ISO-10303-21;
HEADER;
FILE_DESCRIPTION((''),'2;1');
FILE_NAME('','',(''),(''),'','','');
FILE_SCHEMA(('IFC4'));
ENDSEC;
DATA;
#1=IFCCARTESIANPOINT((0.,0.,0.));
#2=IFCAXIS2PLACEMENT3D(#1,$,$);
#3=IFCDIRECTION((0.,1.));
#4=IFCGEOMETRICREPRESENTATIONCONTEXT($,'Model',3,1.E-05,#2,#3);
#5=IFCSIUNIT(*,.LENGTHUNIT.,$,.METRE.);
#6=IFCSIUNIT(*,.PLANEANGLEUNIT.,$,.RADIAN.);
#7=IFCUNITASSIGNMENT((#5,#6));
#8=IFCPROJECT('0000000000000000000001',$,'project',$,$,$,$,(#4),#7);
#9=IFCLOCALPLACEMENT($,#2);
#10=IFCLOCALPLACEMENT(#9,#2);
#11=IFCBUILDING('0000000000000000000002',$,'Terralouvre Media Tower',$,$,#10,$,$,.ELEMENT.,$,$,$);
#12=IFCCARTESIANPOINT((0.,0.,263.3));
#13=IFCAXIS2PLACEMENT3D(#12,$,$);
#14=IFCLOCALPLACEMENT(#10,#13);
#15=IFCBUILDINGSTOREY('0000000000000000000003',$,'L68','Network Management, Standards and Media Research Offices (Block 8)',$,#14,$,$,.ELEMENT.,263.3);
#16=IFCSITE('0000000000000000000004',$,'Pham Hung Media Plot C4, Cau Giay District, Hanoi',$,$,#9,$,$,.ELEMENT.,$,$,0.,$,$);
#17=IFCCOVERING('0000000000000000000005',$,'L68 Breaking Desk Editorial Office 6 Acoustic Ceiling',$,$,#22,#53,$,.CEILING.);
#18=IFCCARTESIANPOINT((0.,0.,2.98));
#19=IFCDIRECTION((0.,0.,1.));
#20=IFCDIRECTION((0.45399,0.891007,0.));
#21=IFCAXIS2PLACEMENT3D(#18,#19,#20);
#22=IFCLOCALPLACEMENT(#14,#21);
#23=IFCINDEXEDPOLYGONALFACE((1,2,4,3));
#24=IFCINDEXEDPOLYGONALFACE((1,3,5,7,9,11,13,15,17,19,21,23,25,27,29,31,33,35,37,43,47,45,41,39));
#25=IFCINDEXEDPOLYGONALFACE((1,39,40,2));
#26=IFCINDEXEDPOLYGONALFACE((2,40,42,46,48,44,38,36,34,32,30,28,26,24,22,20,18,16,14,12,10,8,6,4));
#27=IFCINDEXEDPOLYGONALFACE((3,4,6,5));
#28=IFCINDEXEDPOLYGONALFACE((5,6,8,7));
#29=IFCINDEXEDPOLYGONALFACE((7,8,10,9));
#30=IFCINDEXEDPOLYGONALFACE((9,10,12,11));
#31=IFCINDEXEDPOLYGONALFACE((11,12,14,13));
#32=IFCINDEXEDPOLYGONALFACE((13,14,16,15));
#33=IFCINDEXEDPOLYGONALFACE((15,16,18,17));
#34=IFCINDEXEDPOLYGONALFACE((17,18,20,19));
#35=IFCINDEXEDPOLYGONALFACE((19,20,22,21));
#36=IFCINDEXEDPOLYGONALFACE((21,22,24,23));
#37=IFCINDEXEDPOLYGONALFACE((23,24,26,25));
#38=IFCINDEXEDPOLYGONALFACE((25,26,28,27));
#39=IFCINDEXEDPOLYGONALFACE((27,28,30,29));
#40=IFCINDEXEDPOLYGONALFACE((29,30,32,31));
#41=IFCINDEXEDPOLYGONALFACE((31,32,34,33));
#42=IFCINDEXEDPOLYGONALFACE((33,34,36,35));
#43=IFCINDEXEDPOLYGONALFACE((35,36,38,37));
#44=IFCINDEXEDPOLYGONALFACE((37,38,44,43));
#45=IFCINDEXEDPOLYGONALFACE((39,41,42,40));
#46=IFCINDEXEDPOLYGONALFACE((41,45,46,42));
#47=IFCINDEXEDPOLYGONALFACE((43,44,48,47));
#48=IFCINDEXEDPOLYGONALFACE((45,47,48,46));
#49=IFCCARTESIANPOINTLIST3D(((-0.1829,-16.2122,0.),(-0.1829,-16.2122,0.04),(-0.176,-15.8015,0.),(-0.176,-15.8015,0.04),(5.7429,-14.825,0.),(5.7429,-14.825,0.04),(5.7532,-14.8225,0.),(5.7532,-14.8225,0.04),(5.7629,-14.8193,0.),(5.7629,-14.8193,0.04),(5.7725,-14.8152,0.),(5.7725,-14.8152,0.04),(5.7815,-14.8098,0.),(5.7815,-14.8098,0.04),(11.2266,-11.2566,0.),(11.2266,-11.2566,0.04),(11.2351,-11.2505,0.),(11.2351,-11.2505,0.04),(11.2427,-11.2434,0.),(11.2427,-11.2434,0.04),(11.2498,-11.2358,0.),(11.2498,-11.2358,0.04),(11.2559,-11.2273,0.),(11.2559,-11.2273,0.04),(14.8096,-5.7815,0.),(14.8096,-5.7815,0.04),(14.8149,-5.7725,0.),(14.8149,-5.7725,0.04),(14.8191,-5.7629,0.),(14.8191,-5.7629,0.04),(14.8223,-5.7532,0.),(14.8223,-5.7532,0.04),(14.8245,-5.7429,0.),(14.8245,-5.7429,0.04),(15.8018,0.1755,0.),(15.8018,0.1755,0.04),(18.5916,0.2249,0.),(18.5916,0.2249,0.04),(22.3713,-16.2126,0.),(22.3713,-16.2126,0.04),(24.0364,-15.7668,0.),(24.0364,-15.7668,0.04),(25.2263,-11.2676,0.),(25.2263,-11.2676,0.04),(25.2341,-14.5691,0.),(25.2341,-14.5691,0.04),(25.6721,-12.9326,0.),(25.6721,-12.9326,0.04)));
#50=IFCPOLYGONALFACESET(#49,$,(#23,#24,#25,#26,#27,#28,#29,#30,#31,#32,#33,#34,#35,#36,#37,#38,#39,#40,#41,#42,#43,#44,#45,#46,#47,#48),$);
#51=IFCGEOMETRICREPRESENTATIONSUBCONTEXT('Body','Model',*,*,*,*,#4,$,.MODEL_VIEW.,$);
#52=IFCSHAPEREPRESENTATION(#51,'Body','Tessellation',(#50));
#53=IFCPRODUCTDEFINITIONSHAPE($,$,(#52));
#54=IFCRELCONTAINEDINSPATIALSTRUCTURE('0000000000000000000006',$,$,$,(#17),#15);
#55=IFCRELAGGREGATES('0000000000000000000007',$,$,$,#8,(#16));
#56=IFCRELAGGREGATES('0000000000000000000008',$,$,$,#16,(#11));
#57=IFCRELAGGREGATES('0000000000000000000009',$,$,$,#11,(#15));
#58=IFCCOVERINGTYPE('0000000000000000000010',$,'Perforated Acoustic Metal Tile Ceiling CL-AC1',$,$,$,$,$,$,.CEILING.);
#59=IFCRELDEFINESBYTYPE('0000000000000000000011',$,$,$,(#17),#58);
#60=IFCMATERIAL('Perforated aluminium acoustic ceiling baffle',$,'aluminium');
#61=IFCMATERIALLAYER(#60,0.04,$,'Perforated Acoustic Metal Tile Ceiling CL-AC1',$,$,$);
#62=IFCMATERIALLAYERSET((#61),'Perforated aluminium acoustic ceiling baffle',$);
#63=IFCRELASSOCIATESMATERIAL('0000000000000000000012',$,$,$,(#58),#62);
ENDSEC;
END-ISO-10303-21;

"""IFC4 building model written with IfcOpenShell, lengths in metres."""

from ifc_helpers import new_model, si_unit, direction, frame, origin, place, context, subcontext, project, spatial, polyline, outline, extrude, material, layer, layer_set, type_object, element, save


model = new_model("IFC4")

# Units and contexts
model_context = context("Model", 3, precision=1e-05, world=origin(), true_north=direction((0.0, 1.0)))
body_context = subcontext(model_context, "Body", "Model", "MODEL_VIEW")
ifc_project = project(units=[si_unit("LENGTHUNIT", "METRE"), si_unit("PLANEANGLEUNIT", "RADIAN")], contexts=[model_context])

# Site, building, storey
site_placement = place(None, origin())
site = spatial("IfcSite", under=ifc_project, at=site_placement, Name="Pham Hung Media Plot C4, Cau Giay District, Hanoi", CompositionType="ELEMENT", RefElevation=0.0)
building_placement = place(site_placement, origin())
building = spatial("IfcBuilding", under=site, at=building_placement, Name="Terralouvre Media Tower", CompositionType="ELEMENT")
storey_placement = place(building_placement, frame((0.0, 0.0, 263.3)))
storey = spatial("IfcBuildingStorey", under=building, at=storey_placement, Name="L68", Description="Network Management, Standards and Media Research Offices (Block 8)", CompositionType="ELEMENT", Elevation=263.3)

# Covering
ifc_material_1 = material(Name="Perforated aluminium acoustic ceiling baffle", Category="aluminium")
ifc_layer_1 = layer(ifc_material_1, 0.04, Name="Perforated Acoustic Metal Tile Ceiling CL-AC1")
ifc_layer_set_1 = layer_set([ifc_layer_1], Name="Perforated aluminium acoustic ceiling baffle")
covering_type = type_object("IfcCoveringType", Name="Perforated Acoustic Metal Tile Ceiling CL-AC1", PredefinedType="CEILING", material=ifc_layer_set_1)
covering_placement = place(storey_placement, frame((0.0, 0.0, 2.98), z_axis=(0.0, 0.0, 1.0), x_axis=(0.45399, 0.891007, 0.0)))
element("IfcCovering", 1, at=covering_placement, inside=storey, type_object=covering_type, Name="L68 Breaking Desk Editorial Office 6 Acoustic Ceiling", PredefinedType="CEILING", context=body_context, shape_type="SweptSolid", body=[
    extrude(outline(polyline([(14.8245, -5.7429), (14.8223, -5.7532), (14.8191, -5.7629), (14.8149, -5.7725), (14.8096, -5.7815), (11.2559, -11.2273), (11.2498, -11.2358), (11.2427, -11.2434), (11.2351, -11.2505), (11.2266, -11.2566), (5.7815, -14.8098), (5.7725, -14.8152), (5.7629, -14.8193), (5.7532, -14.8225), (5.7429, -14.825), (-0.176, -15.8015), (-0.1829, -16.2122), (22.3713, -16.2126), (24.0364, -15.7668), (25.2341, -14.5691), (25.6721, -12.9326), (25.2263, -11.2676), (18.5916, 0.2249), (15.8018, 0.1755), (14.8245, -5.7429)])), origin(), (0.0, 0.0, 1.0), 0.04),
])

save(model, "model.ifc")
